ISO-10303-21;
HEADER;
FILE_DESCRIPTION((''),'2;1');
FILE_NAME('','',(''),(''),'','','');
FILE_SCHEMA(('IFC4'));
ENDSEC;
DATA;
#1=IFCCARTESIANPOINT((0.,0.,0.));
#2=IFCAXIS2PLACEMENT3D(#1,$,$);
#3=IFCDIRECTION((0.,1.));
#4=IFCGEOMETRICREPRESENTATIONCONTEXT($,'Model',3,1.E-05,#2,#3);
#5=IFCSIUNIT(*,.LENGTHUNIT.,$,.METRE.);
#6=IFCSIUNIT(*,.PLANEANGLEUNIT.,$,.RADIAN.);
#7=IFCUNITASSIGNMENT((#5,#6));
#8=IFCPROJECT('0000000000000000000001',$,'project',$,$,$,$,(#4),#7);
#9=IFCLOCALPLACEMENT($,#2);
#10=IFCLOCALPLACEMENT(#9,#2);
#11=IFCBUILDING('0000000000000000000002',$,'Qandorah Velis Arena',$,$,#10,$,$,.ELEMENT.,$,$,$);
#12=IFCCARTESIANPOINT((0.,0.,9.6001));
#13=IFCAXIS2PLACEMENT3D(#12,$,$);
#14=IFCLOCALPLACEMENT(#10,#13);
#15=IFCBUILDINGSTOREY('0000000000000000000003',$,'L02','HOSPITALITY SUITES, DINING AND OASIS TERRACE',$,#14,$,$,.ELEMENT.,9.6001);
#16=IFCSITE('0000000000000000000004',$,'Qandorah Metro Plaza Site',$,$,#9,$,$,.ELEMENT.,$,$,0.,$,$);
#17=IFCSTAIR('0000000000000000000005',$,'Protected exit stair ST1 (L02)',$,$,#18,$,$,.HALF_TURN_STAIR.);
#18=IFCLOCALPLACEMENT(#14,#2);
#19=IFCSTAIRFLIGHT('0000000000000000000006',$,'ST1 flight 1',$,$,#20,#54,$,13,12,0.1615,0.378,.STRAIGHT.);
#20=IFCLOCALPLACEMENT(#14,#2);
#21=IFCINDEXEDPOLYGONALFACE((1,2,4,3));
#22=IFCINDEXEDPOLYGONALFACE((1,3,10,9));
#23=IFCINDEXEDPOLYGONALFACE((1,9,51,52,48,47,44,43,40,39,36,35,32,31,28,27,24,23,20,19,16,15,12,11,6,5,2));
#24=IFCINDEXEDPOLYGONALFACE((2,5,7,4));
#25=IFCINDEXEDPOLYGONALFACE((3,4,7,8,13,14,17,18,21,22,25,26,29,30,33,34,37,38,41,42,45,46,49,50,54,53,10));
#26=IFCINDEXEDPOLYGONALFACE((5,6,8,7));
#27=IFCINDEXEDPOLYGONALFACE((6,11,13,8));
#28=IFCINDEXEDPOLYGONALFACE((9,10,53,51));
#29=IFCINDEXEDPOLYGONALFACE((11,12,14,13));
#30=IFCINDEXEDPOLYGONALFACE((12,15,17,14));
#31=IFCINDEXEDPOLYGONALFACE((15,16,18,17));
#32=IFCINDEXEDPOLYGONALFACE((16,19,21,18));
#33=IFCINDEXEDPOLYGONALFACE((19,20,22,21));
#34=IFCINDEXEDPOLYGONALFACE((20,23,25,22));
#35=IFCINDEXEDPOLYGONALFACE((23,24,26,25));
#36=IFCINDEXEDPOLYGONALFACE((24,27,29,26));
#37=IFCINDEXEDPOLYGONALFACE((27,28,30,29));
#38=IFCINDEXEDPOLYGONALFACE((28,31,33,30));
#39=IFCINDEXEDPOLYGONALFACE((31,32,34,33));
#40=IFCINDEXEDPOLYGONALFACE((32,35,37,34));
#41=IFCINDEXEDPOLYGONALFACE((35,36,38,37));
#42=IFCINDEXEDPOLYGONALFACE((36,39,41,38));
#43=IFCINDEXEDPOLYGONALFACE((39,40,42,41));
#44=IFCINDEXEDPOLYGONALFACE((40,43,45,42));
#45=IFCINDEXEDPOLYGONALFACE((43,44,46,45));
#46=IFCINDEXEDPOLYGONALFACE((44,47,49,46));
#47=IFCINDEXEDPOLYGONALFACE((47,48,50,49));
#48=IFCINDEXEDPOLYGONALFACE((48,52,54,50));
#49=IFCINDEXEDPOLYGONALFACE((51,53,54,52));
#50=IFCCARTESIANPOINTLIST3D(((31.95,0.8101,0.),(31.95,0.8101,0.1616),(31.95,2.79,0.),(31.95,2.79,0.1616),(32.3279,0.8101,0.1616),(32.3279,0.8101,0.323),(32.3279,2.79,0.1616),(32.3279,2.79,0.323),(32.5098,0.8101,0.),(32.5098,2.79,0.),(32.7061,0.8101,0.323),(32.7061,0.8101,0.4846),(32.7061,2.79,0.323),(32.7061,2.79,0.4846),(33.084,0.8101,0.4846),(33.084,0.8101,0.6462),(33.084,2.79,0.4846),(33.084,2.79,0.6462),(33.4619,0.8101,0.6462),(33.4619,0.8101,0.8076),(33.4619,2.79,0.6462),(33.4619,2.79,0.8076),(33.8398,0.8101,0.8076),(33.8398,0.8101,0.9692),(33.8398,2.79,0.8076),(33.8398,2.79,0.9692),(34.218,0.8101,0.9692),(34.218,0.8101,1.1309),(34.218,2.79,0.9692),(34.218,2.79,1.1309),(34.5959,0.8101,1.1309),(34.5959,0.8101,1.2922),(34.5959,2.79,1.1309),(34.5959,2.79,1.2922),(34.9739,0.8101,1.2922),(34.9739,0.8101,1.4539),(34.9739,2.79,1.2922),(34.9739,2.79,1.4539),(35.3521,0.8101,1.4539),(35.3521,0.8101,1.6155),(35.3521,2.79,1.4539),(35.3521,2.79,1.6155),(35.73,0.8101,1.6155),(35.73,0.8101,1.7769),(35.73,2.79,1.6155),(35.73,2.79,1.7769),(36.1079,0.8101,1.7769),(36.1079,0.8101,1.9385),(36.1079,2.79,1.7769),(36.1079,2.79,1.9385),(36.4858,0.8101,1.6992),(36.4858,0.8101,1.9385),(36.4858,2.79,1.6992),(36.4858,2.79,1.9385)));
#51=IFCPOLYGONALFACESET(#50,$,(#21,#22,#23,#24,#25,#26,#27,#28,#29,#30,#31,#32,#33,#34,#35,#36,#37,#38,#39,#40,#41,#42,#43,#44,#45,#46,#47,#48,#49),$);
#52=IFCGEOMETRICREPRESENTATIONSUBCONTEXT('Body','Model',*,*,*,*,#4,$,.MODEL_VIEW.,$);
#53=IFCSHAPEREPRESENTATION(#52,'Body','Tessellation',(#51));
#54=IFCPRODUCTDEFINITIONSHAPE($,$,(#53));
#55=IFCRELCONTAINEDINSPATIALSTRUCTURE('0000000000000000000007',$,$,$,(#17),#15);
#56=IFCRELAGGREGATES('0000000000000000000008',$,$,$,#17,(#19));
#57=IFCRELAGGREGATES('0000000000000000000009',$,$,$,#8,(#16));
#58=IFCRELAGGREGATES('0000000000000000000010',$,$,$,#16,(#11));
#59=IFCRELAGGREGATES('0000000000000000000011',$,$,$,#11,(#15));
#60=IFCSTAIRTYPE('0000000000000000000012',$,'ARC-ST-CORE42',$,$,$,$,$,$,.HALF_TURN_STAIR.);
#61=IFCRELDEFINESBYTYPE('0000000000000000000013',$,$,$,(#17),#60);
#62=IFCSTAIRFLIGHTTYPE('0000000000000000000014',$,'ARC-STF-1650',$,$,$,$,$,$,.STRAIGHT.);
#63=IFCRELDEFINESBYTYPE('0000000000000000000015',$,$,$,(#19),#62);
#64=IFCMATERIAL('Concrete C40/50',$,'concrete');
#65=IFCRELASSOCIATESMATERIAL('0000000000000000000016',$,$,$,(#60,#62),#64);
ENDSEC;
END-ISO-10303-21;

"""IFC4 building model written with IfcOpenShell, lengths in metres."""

from ifc_helpers import new_model, si_unit, direction, frame, origin, place, context, subcontext, project, spatial, polyline, outline, extrude, material, type_object, element, aggregate, save


model = new_model("IFC4")

# Units and contexts
model_context = context("Model", 3, precision=1e-05, world=origin(), true_north=direction((0.0, 1.0)))
body_context = subcontext(model_context, "Body", "Model", "MODEL_VIEW")
ifc_project = project(units=[si_unit("LENGTHUNIT", "METRE"), si_unit("PLANEANGLEUNIT", "RADIAN")], contexts=[model_context])

# Site, building, storey
site_placement = place(None, origin())
site = spatial("IfcSite", under=ifc_project, at=site_placement, Name="Qandorah Metro Plaza Site", CompositionType="ELEMENT", RefElevation=0.0)
building_placement = place(site_placement, origin())
building = spatial("IfcBuilding", under=site, at=building_placement, Name="Qandorah Velis Arena", CompositionType="ELEMENT")
storey_placement = place(building_placement, frame((0.0, 0.0, 9.6001)))
storey = spatial("IfcBuildingStorey", under=building, at=storey_placement, Name="L02", Description="HOSPITALITY SUITES, DINING AND OASIS TERRACE", CompositionType="ELEMENT", Elevation=9.6001)

# Shared definitions
ifc_material_1 = material(Name="Concrete C40/50", Category="concrete")

# Stair, stair flight
stair_type = type_object("IfcStairType", Name="ARC-ST-CORE42", PredefinedType="HALF_TURN_STAIR", material=ifc_material_1)
stair_placement = place(storey_placement, origin())
stair = element("IfcStair", 1, at=stair_placement, inside=storey, type_object=stair_type, Name="Protected exit stair ST1 (L02)", PredefinedType="HALF_TURN_STAIR")
stair_flight_type = type_object("IfcStairFlightType", Name="ARC-STF-1650", PredefinedType="STRAIGHT", material=ifc_material_1)
stair_flight_placement = place(storey_placement, frame((31.95, 1.8, 0.0), z_axis=(0.0, 0.0, 1.0), x_axis=(1.0, 0.0, 0.0)))
stair_flight = element("IfcStairFlight", 2, at=stair_flight_placement, type_object=stair_flight_type, Name="ST1 flight 1", NumberOfRisers=13, NumberOfTreads=12, PredefinedType="STRAIGHT", RiserHeight=0.1615, TreadLength=0.378, context=body_context, shape_type="SweptSolid", body=[
    extrude(outline(polyline([(0.0, 0.0), (0.0, 0.1616), (0.3779, 0.1616), (0.3779, 0.323), (0.7561, 0.323), (0.7561, 0.4846), (1.134, 0.4846), (1.134, 0.6462), (1.512, 0.6462), (1.512, 0.8076), (1.8899, 0.8076), (1.8899, 0.9692), (2.2681, 0.9692), (2.2681, 1.1309), (2.646, 1.1309), (2.646, 1.2922), (3.0239, 1.2922), (3.0239, 1.4539), (3.4021, 1.4539), (3.4021, 1.6155), (3.78, 1.6155), (3.78, 1.7769), (4.158, 1.7769), (4.158, 1.9385), (4.5359, 1.9385), (4.5359, 2.1001), (4.5359, 1.6992), (0.5598, 0.0), (0.0, 0.0)])), frame((0.0, 0.99, 0.0), z_axis=(0.0, -1.0, 0.0), x_axis=(1.0, 0.0, 0.0)), (0.0, 0.0, 1.0), 1.98),
])
aggregate(stair, [stair_flight])

save(model, "model.ifc")
